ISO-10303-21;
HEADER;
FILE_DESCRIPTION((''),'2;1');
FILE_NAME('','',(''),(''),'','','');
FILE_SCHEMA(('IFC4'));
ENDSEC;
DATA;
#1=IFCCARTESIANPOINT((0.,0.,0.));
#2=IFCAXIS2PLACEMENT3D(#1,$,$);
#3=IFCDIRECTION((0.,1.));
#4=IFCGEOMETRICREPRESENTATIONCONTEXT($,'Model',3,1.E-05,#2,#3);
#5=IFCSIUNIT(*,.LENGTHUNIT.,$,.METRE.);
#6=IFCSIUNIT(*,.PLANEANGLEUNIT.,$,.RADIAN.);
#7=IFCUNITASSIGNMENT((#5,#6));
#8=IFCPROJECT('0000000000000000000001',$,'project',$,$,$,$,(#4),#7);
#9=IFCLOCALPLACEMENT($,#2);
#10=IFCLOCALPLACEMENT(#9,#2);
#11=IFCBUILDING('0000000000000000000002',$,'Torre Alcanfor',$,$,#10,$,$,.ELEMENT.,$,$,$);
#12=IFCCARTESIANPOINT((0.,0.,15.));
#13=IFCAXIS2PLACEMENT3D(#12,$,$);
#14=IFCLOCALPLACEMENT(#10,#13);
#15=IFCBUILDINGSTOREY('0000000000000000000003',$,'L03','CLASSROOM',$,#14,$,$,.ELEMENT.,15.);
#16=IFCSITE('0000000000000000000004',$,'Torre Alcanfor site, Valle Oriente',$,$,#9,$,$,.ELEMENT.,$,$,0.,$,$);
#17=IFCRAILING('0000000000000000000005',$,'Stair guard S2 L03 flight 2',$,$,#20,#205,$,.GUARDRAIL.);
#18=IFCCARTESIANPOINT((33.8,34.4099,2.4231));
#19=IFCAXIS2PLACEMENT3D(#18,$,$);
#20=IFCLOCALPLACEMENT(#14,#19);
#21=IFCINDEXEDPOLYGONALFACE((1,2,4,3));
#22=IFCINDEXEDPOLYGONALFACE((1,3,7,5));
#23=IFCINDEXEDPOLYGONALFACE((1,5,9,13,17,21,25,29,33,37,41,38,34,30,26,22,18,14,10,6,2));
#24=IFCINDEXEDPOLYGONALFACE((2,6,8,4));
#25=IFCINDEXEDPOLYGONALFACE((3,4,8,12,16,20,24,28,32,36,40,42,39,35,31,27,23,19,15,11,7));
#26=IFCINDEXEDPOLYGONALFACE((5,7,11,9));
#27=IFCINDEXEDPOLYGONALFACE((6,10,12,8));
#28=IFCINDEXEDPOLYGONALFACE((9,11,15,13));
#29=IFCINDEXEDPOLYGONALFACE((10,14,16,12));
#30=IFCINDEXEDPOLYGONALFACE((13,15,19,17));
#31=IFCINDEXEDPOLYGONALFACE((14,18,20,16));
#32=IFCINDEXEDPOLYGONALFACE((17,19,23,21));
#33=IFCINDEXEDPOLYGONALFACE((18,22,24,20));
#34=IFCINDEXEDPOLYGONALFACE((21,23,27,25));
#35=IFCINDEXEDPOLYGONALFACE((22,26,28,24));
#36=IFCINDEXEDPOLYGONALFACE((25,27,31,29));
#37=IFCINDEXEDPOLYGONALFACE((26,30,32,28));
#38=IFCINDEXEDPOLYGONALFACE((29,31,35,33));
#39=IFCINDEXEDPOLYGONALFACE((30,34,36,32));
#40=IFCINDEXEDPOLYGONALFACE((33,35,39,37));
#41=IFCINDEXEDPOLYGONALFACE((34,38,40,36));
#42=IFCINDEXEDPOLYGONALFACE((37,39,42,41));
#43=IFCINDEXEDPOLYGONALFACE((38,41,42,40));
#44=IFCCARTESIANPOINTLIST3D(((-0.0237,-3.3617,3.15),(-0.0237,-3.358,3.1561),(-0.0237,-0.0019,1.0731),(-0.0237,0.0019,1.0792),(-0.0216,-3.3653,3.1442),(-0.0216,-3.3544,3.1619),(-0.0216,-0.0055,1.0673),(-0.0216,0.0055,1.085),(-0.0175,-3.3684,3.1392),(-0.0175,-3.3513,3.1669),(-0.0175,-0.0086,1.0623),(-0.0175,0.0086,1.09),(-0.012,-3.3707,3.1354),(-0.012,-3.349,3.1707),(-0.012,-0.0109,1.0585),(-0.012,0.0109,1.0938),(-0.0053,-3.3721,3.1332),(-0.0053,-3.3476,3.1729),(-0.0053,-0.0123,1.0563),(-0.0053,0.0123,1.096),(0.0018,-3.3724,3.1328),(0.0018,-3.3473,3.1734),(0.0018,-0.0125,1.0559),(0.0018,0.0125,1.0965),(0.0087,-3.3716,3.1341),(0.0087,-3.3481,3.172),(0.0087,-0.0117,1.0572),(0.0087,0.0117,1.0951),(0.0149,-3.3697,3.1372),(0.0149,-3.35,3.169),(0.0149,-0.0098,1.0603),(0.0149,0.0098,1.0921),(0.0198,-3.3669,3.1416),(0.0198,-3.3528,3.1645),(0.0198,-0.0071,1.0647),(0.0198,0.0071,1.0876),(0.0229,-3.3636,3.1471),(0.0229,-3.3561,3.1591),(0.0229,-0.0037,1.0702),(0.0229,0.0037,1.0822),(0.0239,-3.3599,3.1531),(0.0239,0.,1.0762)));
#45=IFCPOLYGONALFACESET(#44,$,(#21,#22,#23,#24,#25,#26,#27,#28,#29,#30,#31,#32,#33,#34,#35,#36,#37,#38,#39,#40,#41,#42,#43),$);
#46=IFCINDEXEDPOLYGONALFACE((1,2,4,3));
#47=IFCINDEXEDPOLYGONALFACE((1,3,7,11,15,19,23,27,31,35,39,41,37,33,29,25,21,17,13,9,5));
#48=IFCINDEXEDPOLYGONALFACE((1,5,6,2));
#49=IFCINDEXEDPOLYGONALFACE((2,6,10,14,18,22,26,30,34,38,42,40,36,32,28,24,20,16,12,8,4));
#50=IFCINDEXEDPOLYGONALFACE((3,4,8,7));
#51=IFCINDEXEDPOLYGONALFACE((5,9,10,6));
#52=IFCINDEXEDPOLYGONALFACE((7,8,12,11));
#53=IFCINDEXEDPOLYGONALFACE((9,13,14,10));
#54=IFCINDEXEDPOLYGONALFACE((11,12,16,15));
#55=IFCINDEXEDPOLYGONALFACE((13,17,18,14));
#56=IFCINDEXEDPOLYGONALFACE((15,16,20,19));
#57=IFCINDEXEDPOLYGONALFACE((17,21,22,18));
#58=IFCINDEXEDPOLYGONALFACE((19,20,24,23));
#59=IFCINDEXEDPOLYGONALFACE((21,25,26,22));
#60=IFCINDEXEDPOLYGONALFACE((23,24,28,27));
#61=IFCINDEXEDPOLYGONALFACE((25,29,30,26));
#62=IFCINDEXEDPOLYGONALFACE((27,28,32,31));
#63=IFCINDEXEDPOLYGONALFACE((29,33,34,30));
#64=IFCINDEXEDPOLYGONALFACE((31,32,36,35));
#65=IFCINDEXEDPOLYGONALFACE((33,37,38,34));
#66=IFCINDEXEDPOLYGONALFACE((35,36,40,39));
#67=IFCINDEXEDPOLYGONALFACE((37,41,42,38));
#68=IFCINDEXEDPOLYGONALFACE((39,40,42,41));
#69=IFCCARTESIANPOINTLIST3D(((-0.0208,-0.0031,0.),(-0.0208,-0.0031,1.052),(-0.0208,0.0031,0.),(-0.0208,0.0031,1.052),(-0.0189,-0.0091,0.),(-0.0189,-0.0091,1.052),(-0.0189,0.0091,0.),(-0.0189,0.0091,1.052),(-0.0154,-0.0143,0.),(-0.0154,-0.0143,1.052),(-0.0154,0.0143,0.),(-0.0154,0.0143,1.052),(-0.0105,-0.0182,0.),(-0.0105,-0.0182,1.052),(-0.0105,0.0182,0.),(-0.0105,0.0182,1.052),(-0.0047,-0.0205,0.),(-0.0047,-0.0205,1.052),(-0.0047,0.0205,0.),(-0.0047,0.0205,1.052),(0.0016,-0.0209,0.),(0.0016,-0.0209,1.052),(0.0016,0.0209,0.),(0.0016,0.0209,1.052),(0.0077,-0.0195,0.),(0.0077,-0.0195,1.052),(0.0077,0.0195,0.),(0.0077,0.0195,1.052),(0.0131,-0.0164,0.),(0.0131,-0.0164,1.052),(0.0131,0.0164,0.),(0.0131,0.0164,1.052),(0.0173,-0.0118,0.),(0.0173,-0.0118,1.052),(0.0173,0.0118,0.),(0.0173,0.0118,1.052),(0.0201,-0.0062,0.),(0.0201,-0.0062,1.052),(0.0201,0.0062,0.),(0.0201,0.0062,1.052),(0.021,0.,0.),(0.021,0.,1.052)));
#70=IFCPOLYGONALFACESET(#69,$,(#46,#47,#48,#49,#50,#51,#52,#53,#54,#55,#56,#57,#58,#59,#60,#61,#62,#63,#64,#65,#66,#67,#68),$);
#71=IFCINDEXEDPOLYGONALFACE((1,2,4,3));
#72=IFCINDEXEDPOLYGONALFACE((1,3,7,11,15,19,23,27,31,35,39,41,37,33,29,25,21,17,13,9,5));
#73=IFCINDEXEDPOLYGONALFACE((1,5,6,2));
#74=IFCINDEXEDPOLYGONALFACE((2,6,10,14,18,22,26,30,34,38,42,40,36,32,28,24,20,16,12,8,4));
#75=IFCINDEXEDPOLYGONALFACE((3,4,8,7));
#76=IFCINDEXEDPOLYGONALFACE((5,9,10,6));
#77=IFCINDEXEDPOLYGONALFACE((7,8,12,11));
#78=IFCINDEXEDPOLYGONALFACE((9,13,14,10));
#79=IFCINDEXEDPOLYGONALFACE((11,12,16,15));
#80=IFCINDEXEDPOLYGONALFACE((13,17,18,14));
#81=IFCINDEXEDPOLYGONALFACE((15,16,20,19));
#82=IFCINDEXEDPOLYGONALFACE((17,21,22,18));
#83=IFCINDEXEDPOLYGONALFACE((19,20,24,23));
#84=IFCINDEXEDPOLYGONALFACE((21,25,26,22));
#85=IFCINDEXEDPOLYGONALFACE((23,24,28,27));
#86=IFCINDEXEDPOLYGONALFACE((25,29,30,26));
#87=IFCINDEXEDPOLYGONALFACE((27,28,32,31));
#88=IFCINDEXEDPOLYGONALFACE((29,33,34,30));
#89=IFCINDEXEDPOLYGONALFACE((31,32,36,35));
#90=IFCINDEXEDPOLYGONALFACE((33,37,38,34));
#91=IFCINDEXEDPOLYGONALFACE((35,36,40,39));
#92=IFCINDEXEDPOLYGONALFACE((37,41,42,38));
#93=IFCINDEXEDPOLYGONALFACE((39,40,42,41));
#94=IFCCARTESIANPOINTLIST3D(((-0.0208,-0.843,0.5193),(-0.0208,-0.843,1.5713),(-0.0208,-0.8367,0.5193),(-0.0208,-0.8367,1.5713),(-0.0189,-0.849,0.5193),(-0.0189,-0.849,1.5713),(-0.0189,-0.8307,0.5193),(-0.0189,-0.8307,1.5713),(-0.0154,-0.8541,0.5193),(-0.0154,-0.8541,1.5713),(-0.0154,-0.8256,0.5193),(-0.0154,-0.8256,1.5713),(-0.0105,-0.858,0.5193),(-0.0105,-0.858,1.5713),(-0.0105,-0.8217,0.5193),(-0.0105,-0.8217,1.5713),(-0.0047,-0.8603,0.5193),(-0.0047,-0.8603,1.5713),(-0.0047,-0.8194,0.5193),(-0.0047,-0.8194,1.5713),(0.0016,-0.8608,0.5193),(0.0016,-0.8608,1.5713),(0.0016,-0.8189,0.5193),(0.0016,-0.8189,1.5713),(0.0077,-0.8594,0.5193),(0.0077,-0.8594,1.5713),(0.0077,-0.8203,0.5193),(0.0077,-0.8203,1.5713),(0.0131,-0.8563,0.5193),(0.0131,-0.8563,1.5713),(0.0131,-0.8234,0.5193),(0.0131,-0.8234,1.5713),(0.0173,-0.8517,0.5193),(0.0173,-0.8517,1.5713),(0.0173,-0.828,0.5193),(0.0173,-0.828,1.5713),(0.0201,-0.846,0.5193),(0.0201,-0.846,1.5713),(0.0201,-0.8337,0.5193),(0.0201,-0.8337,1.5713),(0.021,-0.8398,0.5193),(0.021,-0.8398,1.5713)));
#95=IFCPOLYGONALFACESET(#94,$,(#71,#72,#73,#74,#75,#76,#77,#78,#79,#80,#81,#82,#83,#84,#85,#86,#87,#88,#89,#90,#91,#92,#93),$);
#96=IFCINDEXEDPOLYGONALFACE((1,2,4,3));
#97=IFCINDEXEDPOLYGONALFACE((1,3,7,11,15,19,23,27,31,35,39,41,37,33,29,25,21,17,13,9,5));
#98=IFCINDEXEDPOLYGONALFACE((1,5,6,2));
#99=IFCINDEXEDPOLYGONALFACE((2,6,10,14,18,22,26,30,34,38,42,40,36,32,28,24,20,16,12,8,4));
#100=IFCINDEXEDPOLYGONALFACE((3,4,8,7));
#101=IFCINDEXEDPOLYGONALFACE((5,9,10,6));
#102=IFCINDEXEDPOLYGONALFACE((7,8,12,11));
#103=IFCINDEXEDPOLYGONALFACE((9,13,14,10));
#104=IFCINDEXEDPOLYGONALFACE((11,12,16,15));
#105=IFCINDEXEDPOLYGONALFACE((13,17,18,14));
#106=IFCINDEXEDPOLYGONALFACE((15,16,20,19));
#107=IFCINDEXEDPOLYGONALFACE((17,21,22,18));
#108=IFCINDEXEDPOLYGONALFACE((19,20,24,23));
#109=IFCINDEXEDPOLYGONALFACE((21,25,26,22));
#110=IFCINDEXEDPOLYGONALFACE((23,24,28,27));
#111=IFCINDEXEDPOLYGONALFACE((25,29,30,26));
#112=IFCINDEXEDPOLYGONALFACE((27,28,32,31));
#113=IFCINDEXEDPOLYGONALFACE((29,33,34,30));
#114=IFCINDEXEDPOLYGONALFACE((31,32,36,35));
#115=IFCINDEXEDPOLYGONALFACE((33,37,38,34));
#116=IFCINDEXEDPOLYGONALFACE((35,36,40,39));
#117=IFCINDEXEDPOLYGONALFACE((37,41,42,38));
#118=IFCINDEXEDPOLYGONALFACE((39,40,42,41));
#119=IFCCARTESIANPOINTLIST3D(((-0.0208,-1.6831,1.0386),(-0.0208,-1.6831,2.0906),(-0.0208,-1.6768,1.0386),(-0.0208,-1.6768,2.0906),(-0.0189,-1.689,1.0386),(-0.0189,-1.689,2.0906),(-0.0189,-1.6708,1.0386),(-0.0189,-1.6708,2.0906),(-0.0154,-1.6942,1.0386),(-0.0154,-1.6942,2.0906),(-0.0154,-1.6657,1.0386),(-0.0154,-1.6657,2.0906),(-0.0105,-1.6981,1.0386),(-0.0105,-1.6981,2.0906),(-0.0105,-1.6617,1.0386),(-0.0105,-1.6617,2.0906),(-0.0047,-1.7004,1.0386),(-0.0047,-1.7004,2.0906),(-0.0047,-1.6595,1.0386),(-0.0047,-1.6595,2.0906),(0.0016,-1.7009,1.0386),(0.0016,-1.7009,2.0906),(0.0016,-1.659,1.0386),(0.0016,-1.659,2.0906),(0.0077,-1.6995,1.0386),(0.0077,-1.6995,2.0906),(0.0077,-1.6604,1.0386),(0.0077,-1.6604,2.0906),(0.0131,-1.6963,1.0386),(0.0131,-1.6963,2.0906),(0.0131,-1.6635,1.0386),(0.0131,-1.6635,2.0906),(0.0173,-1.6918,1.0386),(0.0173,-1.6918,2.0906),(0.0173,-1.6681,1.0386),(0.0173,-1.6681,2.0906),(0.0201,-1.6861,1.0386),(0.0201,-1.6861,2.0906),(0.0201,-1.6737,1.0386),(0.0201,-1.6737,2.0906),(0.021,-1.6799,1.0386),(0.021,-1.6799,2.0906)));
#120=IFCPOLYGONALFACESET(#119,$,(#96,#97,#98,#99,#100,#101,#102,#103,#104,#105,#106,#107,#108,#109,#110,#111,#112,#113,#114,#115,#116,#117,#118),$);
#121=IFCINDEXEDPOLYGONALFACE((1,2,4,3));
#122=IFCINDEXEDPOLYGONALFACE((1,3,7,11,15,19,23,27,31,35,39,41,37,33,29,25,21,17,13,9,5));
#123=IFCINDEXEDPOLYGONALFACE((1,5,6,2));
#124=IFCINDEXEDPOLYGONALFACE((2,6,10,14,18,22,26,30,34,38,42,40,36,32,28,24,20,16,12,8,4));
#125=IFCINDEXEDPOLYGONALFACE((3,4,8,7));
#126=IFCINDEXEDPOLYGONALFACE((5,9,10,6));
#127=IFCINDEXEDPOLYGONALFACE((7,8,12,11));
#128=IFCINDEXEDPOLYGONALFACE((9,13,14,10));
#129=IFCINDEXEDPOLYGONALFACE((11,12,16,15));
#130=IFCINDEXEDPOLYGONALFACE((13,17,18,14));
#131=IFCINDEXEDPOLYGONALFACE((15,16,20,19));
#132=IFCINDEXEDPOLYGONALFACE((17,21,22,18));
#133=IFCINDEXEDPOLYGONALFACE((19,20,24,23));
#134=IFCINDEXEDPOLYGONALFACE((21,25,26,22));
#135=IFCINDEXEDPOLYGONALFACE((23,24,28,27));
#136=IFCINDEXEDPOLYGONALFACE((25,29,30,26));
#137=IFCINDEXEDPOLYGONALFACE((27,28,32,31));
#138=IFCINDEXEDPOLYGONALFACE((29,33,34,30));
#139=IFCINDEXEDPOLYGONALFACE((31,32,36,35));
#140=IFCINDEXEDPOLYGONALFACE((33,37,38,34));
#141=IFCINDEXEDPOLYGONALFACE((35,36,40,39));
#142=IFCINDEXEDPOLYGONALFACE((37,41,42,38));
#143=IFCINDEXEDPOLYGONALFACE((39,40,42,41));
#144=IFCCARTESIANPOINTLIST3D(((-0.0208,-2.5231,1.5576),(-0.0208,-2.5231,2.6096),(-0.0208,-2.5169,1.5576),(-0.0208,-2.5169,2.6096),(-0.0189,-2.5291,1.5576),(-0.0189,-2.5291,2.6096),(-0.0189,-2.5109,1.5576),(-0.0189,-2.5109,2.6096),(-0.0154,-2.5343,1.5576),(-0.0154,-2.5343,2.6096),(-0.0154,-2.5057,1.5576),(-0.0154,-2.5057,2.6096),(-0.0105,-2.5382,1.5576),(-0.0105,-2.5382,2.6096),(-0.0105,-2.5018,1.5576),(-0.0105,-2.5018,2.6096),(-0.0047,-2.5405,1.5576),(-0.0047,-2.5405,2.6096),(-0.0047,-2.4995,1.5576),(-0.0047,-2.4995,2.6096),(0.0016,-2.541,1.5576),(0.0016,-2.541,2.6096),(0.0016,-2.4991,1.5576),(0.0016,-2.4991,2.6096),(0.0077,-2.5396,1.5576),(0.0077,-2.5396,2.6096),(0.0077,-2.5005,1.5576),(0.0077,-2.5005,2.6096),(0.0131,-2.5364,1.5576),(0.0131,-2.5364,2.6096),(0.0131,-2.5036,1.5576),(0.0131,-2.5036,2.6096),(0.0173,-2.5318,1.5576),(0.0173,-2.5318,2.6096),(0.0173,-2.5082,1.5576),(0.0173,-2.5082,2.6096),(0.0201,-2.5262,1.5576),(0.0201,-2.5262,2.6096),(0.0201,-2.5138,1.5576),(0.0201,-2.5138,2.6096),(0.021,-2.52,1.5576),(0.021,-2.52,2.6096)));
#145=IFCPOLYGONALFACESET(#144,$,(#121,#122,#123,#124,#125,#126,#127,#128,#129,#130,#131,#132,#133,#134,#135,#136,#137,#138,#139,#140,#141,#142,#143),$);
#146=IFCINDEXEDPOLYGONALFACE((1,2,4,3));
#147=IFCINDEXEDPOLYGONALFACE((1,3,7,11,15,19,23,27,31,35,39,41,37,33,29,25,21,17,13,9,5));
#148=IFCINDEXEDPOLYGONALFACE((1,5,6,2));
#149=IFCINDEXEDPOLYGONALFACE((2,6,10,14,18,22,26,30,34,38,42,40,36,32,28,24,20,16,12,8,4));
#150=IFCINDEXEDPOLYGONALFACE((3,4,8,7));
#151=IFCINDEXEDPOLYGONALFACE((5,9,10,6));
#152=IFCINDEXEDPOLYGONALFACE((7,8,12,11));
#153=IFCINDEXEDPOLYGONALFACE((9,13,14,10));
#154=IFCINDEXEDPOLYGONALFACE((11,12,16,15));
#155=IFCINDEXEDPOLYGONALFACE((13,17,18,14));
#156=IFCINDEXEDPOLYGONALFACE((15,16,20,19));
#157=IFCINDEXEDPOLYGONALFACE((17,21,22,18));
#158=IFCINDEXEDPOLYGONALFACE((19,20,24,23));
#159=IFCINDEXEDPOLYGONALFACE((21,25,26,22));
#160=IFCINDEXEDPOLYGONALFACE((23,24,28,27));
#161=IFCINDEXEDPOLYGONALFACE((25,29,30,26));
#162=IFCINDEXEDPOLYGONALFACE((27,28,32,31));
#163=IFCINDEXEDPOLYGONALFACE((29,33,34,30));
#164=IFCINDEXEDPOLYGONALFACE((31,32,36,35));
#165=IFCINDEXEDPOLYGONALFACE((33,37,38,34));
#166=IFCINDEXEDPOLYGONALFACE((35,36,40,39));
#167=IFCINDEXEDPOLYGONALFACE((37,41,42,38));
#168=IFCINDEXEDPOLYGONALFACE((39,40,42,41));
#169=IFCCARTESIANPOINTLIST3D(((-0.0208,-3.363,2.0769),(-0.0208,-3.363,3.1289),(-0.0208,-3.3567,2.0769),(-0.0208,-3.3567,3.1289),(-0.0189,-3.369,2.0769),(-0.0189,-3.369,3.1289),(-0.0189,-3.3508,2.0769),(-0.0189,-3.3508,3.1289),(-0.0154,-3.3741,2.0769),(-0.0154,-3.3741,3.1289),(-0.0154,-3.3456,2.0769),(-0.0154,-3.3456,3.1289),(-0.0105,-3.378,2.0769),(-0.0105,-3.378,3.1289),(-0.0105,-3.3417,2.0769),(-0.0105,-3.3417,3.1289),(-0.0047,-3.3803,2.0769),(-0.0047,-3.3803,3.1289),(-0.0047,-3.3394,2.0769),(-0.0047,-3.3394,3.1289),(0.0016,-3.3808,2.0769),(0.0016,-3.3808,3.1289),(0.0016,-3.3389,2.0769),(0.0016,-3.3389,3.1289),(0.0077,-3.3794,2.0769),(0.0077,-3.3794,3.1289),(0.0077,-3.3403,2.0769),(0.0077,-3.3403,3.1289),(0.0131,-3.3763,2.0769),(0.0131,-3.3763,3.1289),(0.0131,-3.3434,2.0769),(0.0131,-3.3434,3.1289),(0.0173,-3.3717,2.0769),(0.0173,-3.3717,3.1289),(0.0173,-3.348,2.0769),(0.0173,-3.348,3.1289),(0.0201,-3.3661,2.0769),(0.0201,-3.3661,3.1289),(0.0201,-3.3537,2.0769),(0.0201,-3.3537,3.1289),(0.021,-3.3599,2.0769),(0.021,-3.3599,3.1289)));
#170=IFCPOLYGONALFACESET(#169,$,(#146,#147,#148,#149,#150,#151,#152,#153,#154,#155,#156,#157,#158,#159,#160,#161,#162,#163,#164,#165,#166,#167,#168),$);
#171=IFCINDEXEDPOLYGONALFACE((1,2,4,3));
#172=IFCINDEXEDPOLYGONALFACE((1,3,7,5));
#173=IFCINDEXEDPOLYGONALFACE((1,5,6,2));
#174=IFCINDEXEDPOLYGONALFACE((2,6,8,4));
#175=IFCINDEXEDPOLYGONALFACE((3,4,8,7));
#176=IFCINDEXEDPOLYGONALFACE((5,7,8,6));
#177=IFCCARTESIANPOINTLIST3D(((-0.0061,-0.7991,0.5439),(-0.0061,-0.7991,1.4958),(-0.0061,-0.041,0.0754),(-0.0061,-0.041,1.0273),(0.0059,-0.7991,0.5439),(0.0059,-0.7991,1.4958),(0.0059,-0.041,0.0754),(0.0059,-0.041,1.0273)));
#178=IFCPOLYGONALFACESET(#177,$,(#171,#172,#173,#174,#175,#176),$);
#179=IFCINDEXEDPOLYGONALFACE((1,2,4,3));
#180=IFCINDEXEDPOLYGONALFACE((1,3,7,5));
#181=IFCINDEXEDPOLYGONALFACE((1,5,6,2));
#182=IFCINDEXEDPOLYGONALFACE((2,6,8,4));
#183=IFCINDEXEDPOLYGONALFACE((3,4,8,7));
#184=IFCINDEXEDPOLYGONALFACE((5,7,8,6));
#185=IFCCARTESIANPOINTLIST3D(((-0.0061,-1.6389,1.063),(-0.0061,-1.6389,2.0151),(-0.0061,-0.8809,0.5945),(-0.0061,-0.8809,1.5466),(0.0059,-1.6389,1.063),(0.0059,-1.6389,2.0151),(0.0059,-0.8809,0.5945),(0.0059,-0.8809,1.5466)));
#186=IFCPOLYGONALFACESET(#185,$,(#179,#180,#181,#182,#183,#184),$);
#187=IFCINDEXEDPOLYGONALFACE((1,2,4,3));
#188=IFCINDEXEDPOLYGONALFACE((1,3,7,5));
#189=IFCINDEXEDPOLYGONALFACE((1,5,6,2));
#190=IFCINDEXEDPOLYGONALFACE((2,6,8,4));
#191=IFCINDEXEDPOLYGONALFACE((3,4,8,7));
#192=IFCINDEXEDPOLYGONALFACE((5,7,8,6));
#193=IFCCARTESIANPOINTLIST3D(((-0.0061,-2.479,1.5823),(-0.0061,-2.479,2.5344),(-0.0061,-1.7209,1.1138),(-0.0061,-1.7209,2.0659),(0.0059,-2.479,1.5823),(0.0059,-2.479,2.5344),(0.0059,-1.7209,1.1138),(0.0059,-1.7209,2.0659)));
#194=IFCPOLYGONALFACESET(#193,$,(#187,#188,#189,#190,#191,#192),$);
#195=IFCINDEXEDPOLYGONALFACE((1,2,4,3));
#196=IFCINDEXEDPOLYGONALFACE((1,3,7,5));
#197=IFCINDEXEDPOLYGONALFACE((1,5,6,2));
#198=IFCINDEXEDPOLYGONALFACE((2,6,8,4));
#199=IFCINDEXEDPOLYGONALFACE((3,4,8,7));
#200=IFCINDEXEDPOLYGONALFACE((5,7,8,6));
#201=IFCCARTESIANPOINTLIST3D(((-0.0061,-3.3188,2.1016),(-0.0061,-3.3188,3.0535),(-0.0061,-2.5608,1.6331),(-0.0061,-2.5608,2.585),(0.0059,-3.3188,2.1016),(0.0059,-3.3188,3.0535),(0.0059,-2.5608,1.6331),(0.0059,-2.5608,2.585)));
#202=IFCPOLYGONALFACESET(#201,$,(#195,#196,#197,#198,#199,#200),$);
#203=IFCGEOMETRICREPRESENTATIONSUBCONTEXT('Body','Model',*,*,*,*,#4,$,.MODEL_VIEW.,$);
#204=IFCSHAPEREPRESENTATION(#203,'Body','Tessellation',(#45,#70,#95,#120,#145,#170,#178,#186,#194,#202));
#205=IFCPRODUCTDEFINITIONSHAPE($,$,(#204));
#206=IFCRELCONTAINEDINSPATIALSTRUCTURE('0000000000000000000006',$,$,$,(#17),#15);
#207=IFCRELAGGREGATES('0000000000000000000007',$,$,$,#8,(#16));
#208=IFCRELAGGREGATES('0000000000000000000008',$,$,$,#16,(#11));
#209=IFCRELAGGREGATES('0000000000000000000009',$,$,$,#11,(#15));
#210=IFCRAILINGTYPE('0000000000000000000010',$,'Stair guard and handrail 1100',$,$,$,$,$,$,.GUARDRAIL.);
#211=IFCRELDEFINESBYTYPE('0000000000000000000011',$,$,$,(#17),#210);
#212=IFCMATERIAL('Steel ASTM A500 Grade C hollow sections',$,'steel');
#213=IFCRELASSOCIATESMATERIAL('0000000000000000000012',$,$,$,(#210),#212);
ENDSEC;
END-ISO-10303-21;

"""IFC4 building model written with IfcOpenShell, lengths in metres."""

from ifc_helpers import new_model, si_unit, direction, frame, origin, origin_2d, place, context, subcontext, project, spatial, polyline, circle, outline, extrude, material, type_object, element, save


model = new_model("IFC4")

# Units and contexts
model_context = context("Model", 3, precision=1e-05, world=origin(), true_north=direction((0.0, 1.0)))
body_context = subcontext(model_context, "Body", "Model", "MODEL_VIEW")
ifc_project = project(units=[si_unit("LENGTHUNIT", "METRE"), si_unit("PLANEANGLEUNIT", "RADIAN")], contexts=[model_context])

# Site, building, storey
site_placement = place(None, origin())
site = spatial("IfcSite", under=ifc_project, at=site_placement, Name="Torre Alcanfor site, Valle Oriente", CompositionType="ELEMENT", RefElevation=0.0)
building_placement = place(site_placement, origin())
building = spatial("IfcBuilding", under=site, at=building_placement, Name="Torre Alcanfor", CompositionType="ELEMENT")
storey_placement = place(building_placement, frame((0.0, 0.0, 15.0)))
storey = spatial("IfcBuildingStorey", under=building, at=storey_placement, Name="L03", Description="CLASSROOM", CompositionType="ELEMENT", Elevation=15.0)

# Railing
ifc_material_1 = material(Name="Steel ASTM A500 Grade C hollow sections", Category="steel")
railing_type_1 = type_object("IfcRailingType", Name="Stair guard and handrail 1100", PredefinedType="GUARDRAIL", material=ifc_material_1)
railing_1_placement = place(storey_placement, frame((33.8, 34.4099, 2.4231)))
element("IfcRailing", 1, at=railing_1_placement, inside=storey, type_object=railing_type_1, Name="Stair guard S2 L03 flight 2", PredefinedType="GUARDRAIL", context=body_context, shape_type="SweptSolid", body=[
    extrude(circle(Radius=0.0239, at=origin_2d()), frame((0.0, 0.0, 1.0762), z_axis=(0.0, -0.850606, 0.525803), x_axis=(1.0, 0.0, 0.0)), (0.0, 0.0, 1.0), 3.95),
    extrude(circle(Radius=0.021, at=origin_2d()), origin(), (0.0, 0.0, 1.0), 1.052),
    extrude(circle(Radius=0.021, at=origin_2d()), frame((0.0, -0.8398, 0.5193)), (0.0, 0.0, 1.0), 1.052),
    extrude(circle(Radius=0.021, at=origin_2d()), frame((0.0, -1.6799, 1.0386)), (0.0, 0.0, 1.0), 1.052),
    extrude(circle(Radius=0.021, at=origin_2d()), frame((0.0, -2.52, 1.5576)), (0.0, 0.0, 1.0), 1.052),
    extrude(circle(Radius=0.021, at=origin_2d()), frame((0.0, -3.3599, 2.0769)), (0.0, 0.0, 1.0), 1.052),
    extrude(outline(polyline([(0.041, 0.0754), (0.7991, 0.5439), (0.7991, 1.4958), (0.041, 1.0273), (0.041, 0.0754)])), frame((0.0059, 0.0, 0.0), z_axis=(-1.0, 0.0, 0.0), x_axis=(0.0, -1.0, 0.0)), (0.0, 0.0, 1.0), 0.012),
    extrude(outline(polyline([(0.8809, 0.5945), (1.6389, 1.063), (1.6389, 2.0151), (0.8809, 1.5466), (0.8809, 0.5945)])), frame((0.0059, 0.0, 0.0), z_axis=(-1.0, 0.0, 0.0), x_axis=(0.0, -1.0, 0.0)), (0.0, 0.0, 1.0), 0.012),
    extrude(outline(polyline([(1.7209, 1.1138), (2.479, 1.5823), (2.479, 2.5344), (1.7209, 2.0659), (1.7209, 1.1138)])), frame((0.0059, 0.0, 0.0), z_axis=(-1.0, 0.0, 0.0), x_axis=(0.0, -1.0, 0.0)), (0.0, 0.0, 1.0), 0.012),
    extrude(outline(polyline([(2.5608, 1.6331), (3.3188, 2.1016), (3.3188, 3.0535), (2.5608, 2.585), (2.5608, 1.6331)])), frame((0.0059, 0.0, 0.0), z_axis=(-1.0, 0.0, 0.0), x_axis=(0.0, -1.0, 0.0)), (0.0, 0.0, 1.0), 0.012),
])

save(model, "model.ifc")
